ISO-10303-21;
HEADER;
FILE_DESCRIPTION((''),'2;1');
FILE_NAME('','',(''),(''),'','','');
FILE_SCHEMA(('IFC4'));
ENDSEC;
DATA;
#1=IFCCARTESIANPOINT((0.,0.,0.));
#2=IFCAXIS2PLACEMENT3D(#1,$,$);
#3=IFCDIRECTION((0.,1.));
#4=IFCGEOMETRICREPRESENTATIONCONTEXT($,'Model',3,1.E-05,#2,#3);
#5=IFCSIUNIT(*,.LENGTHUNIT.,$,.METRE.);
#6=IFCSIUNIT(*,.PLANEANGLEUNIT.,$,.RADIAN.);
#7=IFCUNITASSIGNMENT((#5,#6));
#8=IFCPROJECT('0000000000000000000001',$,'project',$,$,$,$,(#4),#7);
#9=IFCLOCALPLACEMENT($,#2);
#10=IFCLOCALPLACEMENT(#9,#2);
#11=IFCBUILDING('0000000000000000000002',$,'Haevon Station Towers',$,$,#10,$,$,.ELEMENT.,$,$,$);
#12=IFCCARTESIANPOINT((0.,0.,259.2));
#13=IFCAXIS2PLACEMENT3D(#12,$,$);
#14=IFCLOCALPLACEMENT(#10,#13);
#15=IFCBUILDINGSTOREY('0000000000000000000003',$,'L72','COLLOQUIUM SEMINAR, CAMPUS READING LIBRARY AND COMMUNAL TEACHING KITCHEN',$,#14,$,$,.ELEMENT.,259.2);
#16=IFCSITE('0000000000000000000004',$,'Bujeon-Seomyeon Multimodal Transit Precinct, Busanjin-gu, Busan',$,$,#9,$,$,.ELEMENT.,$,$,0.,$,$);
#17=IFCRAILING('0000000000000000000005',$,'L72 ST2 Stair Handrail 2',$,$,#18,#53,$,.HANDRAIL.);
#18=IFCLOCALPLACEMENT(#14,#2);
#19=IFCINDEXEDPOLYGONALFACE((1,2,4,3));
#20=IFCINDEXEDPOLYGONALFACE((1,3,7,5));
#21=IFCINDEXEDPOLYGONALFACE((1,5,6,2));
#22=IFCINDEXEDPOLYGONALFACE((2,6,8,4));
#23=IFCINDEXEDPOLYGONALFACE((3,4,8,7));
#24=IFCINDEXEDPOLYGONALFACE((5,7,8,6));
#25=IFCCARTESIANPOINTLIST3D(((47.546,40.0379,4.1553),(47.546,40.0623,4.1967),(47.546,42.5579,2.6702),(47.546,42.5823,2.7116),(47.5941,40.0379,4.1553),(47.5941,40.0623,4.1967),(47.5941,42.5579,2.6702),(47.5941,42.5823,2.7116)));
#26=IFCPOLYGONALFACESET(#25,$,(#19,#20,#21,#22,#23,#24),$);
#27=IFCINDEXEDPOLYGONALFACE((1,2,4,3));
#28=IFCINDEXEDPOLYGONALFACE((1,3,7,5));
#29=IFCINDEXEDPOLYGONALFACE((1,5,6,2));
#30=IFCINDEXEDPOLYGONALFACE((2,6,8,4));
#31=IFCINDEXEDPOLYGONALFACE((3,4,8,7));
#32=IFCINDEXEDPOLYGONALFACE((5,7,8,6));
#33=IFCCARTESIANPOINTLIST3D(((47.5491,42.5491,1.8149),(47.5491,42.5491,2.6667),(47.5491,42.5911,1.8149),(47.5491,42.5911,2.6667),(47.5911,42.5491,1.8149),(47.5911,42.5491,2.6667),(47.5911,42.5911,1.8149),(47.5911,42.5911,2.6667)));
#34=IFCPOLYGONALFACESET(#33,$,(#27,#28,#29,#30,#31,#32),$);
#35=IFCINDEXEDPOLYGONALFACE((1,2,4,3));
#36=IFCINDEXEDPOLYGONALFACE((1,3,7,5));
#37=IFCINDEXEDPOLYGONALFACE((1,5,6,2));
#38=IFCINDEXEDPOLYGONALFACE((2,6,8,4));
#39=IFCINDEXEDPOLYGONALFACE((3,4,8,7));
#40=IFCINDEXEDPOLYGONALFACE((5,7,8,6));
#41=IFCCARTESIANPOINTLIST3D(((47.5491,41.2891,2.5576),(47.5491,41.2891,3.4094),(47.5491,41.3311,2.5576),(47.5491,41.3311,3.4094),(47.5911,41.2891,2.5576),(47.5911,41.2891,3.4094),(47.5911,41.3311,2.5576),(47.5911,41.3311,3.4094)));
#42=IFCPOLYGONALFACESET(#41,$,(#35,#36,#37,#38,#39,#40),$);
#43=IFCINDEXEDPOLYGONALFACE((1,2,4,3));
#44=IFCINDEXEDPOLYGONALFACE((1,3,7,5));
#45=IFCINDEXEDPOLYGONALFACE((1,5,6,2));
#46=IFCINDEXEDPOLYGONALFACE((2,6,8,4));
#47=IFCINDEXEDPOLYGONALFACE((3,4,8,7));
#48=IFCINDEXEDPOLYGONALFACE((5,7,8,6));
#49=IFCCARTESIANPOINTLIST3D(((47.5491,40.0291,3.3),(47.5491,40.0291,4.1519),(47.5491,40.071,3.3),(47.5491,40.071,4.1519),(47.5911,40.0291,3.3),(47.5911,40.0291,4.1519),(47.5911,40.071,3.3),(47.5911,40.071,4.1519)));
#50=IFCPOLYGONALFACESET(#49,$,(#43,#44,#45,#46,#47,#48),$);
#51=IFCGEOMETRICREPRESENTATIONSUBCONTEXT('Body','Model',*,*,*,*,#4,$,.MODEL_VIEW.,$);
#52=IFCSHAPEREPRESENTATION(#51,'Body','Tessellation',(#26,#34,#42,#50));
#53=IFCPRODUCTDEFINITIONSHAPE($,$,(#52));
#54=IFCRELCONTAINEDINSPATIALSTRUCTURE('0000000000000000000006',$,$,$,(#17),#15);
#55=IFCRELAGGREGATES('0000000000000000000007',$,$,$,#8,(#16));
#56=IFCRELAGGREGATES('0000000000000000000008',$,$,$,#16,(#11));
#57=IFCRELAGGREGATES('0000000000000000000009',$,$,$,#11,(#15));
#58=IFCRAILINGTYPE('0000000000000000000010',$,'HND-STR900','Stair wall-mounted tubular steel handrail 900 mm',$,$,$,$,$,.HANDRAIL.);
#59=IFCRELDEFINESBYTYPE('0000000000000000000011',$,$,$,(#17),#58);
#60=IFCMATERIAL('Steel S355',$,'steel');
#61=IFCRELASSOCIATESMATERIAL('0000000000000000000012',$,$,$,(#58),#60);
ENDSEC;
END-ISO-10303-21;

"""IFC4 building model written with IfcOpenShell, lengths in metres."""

from ifc_helpers import new_model, si_unit, direction, frame, origin, origin_2d, place, context, subcontext, project, spatial, rectangle, extrude, material, type_object, element, save


model = new_model("IFC4")

# Units and contexts
model_context = context("Model", 3, precision=1e-05, world=origin(), true_north=direction((0.0, 1.0)))
body_context = subcontext(model_context, "Body", "Model", "MODEL_VIEW")
ifc_project = project(units=[si_unit("LENGTHUNIT", "METRE"), si_unit("PLANEANGLEUNIT", "RADIAN")], contexts=[model_context])

# Site, building, storey
site_placement = place(None, origin())
site = spatial("IfcSite", under=ifc_project, at=site_placement, Name="Bujeon-Seomyeon Multimodal Transit Precinct, Busanjin-gu, Busan", CompositionType="ELEMENT", RefElevation=0.0)
building_placement = place(site_placement, origin())
building = spatial("IfcBuilding", under=site, at=building_placement, Name="Haevon Station Towers", CompositionType="ELEMENT")
storey_placement = place(building_placement, frame((0.0, 0.0, 259.2)))
storey = spatial("IfcBuildingStorey", under=building, at=storey_placement, Name="L72", Description="COLLOQUIUM SEMINAR, CAMPUS READING LIBRARY AND COMMUNAL TEACHING KITCHEN", CompositionType="ELEMENT", Elevation=259.2)

# Shared definitions
ifc_material_1 = material(Name="Steel S355", Category="steel")

# Railing
railing_type_1 = type_object("IfcRailingType", Name="HND-STR900", Description="Stair wall-mounted tubular steel handrail 900 mm", PredefinedType="HANDRAIL", material=ifc_material_1)
railing_1_placement = place(storey_placement, frame((47.5701, 42.5701, 1.8149)))
element("IfcRailing", 1, at=railing_1_placement, inside=storey, type_object=railing_type_1, Name="L72 ST2 Stair Handrail 2", PredefinedType="HANDRAIL", context=body_context, shape_type="SweptSolid", body=[
    extrude(rectangle(XDim=0.0481, YDim=0.0481, at=origin_2d()), frame((0.0, 0.0, 0.876), z_axis=(0.0, -0.861524, 0.507717), x_axis=(1.0, 0.0, 0.0)), (0.0, 0.0, 1.0), 2.925),
    extrude(rectangle(XDim=0.042, YDim=0.042, at=origin_2d()), origin(), (0.0, 0.0, 1.0), 0.8518),
    extrude(rectangle(XDim=0.042, YDim=0.042, at=origin_2d()), frame((0.0, -1.26, 0.7427)), (0.0, 0.0, 1.0), 0.8518),
    extrude(rectangle(XDim=0.042, YDim=0.042, at=origin_2d()), frame((0.0, -2.52, 1.4851)), (0.0, 0.0, 1.0), 0.8518),
])

save(model, "model.ifc")
